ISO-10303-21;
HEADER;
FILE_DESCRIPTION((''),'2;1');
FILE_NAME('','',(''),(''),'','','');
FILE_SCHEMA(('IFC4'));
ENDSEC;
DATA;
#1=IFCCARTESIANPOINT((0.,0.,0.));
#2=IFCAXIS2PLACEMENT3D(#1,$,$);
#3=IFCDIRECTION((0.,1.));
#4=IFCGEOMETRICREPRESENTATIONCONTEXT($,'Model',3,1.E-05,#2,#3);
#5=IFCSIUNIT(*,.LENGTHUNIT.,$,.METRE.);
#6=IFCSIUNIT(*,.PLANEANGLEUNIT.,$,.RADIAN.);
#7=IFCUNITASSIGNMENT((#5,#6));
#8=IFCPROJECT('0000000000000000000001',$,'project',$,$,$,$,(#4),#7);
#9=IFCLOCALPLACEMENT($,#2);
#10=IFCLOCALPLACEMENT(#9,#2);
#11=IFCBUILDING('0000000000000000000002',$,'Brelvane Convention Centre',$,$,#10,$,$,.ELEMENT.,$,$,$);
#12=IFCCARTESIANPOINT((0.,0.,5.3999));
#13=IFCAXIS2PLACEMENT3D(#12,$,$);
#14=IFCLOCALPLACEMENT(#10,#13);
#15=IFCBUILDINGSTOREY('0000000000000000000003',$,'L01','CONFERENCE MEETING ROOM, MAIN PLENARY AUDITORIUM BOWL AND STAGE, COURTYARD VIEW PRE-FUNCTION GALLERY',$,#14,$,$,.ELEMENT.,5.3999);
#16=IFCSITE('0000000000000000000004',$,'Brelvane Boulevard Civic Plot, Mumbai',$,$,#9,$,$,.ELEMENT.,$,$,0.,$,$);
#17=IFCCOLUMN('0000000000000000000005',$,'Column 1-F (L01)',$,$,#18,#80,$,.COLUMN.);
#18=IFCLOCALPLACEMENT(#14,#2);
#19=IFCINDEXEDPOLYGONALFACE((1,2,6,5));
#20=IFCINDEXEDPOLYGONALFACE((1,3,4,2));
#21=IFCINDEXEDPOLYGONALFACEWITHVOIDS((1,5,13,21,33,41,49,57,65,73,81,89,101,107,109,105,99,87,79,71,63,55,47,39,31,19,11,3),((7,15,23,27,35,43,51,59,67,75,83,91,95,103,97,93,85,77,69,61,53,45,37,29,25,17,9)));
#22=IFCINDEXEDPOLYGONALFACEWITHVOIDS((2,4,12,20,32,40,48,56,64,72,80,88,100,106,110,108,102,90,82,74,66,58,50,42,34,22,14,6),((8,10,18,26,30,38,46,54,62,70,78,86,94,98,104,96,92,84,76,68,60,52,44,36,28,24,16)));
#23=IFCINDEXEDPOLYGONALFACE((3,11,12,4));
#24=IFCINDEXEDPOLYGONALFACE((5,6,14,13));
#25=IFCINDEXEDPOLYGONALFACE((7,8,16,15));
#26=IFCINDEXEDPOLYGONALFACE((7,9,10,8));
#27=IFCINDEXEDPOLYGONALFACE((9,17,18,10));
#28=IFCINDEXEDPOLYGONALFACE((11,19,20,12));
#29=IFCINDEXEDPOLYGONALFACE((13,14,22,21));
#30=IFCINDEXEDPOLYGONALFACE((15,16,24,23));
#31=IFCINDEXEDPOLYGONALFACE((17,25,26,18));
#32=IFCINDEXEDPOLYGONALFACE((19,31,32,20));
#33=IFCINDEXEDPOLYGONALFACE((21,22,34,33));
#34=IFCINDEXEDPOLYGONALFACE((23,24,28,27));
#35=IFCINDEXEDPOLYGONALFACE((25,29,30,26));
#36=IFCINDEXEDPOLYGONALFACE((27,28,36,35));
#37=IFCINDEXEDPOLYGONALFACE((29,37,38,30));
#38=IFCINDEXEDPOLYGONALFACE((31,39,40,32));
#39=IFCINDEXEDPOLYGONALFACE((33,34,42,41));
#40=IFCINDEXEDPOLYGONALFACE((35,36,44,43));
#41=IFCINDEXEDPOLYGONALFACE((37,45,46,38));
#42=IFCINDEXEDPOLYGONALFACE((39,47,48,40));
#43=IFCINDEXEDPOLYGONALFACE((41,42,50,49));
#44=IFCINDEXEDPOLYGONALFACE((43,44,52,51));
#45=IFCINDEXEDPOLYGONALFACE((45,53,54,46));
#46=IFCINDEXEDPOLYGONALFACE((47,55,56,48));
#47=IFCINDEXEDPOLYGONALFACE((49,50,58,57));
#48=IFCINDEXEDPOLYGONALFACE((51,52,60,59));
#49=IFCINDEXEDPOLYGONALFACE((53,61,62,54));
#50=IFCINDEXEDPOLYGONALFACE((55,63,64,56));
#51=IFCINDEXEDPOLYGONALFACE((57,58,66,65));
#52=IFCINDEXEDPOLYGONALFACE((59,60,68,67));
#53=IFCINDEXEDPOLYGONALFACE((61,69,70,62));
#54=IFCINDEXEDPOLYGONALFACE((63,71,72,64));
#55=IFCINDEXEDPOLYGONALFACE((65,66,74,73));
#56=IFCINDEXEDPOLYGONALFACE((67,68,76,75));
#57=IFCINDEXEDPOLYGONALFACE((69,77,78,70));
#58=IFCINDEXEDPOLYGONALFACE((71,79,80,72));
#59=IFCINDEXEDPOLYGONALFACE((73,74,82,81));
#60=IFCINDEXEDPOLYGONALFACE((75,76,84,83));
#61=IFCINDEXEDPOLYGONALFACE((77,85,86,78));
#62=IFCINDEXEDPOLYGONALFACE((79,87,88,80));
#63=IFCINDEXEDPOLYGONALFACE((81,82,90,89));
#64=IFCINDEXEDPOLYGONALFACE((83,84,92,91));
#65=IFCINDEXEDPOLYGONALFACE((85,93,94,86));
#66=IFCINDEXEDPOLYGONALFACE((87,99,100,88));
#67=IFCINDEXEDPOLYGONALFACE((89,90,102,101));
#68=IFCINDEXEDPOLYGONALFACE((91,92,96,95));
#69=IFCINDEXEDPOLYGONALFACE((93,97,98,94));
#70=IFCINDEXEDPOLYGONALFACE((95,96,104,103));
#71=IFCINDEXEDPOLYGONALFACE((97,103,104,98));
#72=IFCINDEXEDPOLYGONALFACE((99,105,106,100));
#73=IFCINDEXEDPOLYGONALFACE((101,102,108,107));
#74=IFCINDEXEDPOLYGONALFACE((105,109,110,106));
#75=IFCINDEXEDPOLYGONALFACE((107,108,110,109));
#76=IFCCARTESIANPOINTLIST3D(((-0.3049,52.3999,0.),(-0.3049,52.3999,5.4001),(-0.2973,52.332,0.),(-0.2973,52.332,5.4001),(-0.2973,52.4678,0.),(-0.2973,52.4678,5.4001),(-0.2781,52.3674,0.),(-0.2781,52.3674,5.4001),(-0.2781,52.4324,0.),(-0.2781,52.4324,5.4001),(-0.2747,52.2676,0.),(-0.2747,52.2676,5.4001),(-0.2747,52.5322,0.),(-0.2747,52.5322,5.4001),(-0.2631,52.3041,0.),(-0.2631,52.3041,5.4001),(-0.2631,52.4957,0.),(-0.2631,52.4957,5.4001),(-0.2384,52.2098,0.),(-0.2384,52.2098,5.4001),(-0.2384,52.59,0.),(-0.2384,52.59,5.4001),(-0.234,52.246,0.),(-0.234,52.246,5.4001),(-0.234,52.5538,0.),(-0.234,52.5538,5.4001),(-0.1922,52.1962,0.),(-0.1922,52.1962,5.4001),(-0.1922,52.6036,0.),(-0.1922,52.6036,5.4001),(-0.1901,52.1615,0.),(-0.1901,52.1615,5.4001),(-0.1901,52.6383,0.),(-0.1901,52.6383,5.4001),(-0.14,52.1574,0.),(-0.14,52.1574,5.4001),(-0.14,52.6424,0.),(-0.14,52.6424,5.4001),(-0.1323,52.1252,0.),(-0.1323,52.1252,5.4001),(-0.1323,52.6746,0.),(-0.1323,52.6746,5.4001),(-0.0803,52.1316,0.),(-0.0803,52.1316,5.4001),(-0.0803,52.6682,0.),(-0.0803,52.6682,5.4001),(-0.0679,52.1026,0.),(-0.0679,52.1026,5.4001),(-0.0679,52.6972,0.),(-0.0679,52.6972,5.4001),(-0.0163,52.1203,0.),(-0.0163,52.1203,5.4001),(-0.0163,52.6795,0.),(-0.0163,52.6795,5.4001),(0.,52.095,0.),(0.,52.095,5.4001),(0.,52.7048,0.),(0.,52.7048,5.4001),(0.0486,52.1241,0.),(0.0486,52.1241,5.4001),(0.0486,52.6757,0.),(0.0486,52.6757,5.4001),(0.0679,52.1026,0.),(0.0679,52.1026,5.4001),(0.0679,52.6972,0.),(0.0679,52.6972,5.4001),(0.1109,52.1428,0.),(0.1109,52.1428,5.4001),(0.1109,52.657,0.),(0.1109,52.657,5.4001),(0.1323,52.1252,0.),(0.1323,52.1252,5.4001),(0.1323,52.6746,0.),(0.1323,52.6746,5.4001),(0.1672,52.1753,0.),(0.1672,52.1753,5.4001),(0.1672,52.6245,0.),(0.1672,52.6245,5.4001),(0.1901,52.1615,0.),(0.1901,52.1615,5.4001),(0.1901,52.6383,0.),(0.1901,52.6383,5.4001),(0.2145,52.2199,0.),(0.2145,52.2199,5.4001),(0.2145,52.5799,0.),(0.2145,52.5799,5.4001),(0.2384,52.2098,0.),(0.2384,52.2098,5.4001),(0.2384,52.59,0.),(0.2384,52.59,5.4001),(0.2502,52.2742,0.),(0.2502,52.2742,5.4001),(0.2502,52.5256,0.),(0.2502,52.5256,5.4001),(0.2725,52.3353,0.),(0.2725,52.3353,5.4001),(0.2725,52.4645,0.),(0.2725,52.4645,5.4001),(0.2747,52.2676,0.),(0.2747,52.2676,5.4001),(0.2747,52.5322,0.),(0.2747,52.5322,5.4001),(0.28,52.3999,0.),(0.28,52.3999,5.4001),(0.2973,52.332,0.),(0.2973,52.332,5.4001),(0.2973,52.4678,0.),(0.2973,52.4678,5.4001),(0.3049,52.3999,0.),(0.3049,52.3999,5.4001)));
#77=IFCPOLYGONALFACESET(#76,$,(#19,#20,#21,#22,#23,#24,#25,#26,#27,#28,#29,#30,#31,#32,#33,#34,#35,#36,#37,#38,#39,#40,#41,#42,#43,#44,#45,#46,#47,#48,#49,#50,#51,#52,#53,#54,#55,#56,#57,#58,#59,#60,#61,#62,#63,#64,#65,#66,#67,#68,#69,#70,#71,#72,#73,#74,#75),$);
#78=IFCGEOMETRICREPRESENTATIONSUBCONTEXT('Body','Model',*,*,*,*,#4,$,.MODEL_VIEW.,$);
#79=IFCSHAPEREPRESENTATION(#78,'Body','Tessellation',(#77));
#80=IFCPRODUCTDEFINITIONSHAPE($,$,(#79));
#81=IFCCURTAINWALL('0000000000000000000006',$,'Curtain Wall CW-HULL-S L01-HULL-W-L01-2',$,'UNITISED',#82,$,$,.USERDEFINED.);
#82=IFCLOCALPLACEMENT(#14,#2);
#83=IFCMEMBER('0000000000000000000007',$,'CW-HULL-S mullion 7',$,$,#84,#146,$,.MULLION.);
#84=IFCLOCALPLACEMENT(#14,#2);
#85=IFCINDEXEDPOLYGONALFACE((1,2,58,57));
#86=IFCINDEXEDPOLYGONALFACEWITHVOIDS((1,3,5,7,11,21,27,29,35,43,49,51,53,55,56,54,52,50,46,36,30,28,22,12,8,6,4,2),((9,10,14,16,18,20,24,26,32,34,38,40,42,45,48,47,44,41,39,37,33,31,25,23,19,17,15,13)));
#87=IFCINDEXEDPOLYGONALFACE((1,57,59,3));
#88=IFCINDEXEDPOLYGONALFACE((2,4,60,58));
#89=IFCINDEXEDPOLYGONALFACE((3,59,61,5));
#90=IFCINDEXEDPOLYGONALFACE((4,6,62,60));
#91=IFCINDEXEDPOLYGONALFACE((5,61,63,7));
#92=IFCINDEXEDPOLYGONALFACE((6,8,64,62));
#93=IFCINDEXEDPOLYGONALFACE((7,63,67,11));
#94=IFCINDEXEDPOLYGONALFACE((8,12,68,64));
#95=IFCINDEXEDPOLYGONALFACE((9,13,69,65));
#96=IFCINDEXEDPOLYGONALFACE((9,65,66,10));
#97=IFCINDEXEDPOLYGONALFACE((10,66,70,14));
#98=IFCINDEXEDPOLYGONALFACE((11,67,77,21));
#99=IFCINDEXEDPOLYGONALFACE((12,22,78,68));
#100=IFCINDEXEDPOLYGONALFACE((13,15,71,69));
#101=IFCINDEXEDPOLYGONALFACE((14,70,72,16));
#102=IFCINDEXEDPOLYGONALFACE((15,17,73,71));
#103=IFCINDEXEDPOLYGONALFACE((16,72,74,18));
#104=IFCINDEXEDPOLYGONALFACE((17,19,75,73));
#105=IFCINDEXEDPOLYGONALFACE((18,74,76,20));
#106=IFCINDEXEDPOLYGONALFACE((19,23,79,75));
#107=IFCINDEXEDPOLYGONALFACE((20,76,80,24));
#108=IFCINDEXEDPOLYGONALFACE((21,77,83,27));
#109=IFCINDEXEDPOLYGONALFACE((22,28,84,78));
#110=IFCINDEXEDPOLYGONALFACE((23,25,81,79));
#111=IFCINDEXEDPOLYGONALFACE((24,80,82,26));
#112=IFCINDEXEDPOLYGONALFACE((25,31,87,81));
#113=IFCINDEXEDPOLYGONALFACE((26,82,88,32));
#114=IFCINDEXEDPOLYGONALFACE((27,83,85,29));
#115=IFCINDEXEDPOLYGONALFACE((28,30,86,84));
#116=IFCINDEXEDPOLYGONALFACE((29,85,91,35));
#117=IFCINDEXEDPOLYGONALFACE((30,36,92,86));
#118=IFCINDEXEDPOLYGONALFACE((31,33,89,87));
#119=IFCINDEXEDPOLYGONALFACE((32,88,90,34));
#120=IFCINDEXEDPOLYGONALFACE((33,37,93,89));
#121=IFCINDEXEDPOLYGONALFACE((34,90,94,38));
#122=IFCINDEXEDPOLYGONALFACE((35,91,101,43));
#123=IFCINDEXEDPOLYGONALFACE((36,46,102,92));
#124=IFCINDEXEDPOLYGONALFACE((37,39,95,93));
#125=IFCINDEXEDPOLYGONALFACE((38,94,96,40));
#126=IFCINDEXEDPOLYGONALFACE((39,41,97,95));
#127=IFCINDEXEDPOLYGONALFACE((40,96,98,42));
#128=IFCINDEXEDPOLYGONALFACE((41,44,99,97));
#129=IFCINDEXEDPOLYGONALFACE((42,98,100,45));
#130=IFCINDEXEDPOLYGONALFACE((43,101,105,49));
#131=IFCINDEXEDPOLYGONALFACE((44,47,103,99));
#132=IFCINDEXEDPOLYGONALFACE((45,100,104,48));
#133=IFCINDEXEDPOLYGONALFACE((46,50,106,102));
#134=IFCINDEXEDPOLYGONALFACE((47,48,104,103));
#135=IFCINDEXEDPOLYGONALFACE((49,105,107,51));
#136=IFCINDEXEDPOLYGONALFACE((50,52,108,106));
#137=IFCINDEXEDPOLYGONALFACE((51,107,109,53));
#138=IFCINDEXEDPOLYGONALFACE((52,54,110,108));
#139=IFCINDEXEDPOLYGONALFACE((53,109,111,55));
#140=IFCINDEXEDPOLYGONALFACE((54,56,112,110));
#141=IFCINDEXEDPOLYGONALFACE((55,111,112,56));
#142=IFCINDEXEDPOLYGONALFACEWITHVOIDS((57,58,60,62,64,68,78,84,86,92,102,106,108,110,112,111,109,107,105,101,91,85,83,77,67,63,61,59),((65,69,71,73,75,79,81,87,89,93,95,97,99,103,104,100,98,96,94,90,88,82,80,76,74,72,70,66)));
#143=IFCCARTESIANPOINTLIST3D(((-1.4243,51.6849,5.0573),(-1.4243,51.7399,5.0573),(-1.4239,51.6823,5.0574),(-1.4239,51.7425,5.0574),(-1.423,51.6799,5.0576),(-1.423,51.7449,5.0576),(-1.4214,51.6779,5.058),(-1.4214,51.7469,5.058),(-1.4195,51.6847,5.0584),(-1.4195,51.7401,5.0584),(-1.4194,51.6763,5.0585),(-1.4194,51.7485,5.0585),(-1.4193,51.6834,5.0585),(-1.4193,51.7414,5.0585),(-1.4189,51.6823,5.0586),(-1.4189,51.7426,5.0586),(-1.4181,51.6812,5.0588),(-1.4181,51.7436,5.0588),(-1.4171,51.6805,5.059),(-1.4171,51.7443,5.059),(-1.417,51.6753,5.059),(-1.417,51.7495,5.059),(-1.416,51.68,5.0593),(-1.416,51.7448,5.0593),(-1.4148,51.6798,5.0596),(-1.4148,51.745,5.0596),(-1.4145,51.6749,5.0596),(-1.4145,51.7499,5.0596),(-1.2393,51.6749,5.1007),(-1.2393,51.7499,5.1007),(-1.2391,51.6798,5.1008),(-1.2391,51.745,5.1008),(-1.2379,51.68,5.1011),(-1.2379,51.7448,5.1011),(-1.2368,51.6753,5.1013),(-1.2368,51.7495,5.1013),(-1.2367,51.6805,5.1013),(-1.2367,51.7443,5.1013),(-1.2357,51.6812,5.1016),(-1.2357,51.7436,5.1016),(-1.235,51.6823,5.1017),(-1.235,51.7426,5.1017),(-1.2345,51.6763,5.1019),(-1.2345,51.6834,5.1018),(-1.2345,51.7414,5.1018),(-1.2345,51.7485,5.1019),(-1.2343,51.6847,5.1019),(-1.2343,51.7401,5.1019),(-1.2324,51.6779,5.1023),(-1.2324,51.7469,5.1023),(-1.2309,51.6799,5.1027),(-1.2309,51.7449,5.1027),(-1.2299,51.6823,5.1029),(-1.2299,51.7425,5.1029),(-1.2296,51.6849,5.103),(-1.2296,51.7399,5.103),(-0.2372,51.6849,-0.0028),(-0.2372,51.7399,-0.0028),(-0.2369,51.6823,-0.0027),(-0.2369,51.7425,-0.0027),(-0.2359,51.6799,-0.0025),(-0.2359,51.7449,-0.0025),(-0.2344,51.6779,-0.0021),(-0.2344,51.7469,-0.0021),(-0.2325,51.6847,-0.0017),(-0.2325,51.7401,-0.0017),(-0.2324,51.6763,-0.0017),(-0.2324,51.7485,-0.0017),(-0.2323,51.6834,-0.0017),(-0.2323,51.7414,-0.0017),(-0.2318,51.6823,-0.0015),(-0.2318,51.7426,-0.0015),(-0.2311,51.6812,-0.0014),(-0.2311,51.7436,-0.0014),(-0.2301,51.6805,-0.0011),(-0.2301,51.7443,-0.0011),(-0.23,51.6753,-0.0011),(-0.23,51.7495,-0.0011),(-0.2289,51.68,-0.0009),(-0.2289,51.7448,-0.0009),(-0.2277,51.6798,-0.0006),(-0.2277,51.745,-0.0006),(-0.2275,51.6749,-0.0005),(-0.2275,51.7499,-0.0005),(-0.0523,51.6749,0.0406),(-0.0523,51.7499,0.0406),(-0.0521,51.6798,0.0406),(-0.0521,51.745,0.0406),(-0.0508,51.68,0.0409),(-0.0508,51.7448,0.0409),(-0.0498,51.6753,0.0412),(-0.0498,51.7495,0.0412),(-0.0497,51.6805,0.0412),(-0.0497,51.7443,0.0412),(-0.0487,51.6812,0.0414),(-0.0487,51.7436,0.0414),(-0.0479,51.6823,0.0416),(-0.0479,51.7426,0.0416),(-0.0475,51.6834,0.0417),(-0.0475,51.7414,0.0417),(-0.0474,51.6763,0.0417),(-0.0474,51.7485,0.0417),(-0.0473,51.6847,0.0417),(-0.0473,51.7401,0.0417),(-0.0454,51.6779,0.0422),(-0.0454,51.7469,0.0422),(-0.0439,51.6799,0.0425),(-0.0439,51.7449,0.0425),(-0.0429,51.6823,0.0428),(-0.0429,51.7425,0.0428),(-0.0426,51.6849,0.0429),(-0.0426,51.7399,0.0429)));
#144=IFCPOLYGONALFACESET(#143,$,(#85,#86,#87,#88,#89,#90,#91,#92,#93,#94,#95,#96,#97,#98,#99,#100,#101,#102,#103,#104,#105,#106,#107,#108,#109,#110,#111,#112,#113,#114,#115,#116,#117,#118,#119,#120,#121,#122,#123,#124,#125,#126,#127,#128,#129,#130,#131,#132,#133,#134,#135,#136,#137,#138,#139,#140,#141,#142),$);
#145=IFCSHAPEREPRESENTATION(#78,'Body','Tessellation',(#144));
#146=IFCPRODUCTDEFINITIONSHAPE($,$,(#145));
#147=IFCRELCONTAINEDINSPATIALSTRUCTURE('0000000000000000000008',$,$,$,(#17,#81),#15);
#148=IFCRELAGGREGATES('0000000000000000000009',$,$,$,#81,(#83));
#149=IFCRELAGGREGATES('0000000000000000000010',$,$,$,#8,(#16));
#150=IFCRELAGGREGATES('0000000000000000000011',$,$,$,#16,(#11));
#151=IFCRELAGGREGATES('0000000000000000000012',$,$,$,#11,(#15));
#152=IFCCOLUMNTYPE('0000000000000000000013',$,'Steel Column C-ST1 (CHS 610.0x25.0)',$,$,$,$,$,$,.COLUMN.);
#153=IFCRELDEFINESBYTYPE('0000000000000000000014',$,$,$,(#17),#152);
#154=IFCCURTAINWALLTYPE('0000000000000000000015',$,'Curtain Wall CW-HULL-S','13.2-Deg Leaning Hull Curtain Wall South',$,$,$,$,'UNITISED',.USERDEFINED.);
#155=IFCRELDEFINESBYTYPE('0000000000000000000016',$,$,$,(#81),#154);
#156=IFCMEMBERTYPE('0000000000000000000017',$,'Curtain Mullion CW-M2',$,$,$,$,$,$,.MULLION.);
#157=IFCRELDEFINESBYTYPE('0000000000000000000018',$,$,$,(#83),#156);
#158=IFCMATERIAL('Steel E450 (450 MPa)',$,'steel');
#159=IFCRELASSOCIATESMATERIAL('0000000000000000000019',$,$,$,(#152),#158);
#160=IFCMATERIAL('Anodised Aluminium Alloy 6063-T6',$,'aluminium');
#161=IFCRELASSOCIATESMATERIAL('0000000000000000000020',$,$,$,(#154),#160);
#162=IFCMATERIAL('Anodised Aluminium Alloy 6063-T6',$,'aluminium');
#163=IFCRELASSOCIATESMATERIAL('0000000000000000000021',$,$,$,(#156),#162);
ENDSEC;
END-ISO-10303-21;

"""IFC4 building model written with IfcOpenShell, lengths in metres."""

from ifc_helpers import new_model, si_unit, direction, frame, origin, origin_2d, place, context, subcontext, project, spatial, hollow_rectangle, hollow_circle, extrude, material, material_profile, profile_set, type_object, element, aggregate, save


model = new_model("IFC4")

# Units and contexts
model_context = context("Model", 3, precision=1e-05, world=origin(), true_north=direction((0.0, 1.0)))
body_context = subcontext(model_context, "Body", "Model", "MODEL_VIEW")
ifc_project = project(units=[si_unit("LENGTHUNIT", "METRE"), si_unit("PLANEANGLEUNIT", "RADIAN")], contexts=[model_context])

# Site, building, storey
site_placement = place(None, origin())
site = spatial("IfcSite", under=ifc_project, at=site_placement, Name="Brelvane Boulevard Civic Plot, Mumbai", CompositionType="ELEMENT", RefElevation=0.0)
building_placement = place(site_placement, origin())
building = spatial("IfcBuilding", under=site, at=building_placement, Name="Brelvane Convention Centre", CompositionType="ELEMENT")
storey_placement = place(building_placement, frame((0.0, 0.0, 5.3999)))
storey = spatial("IfcBuildingStorey", under=building, at=storey_placement, Name="L01", Description="CONFERENCE MEETING ROOM, MAIN PLENARY AUDITORIUM BOWL AND STAGE, COURTYARD VIEW PRE-FUNCTION GALLERY", CompositionType="ELEMENT", Elevation=5.3999)

# Column
ifc_material_1 = material(Name="Steel E450 (450 MPa)", Category="steel")
ifc_material_profile_1 = material_profile(ifc_material_1, hollow_circle(Radius=0.3049, WallThickness=0.0249, at=origin_2d()), Name="CHS 610.0x25.0")
ifc_profile_set_1 = profile_set([ifc_material_profile_1], Name="Steel E450 (450 MPa)")
column_type = type_object("IfcColumnType", Name="Steel Column C-ST1 (CHS 610.0x25.0)", PredefinedType="COLUMN", material=ifc_profile_set_1)
column_placement = place(storey_placement, frame((0.0, 52.3999, 0.0), z_axis=(0.0, 0.0, 1.0), x_axis=(1.0, 0.0, 0.0)))
element("IfcColumn", 1, at=column_placement, inside=storey, type_object=column_type, Name="Column 1-F (L01)", PredefinedType="COLUMN", context=body_context, shape_type="SweptSolid", body=[
    extrude(hollow_circle(Radius=0.3049, WallThickness=0.0249, at=origin_2d()), origin(), (0.0, 0.0, 1.0), 5.4001),
])

# Curtain wall, member
ifc_material_2 = material(Name="Anodised Aluminium Alloy 6063-T6", Category="aluminium")
curtain_wall_type = type_object("IfcCurtainWallType", Name="Curtain Wall CW-HULL-S", Description="13.2-Deg Leaning Hull Curtain Wall South", ElementType="UNITISED", PredefinedType="USERDEFINED", material=ifc_material_2)
curtain_wall_1_placement = place(storey_placement, origin())
curtain_wall_1 = element("IfcCurtainWall", 2, at=curtain_wall_1_placement, inside=storey, type_object=curtain_wall_type, Name="Curtain Wall CW-HULL-S L01-HULL-W-L01-2", ObjectType="UNITISED", PredefinedType="USERDEFINED")
ifc_material_3 = material(Name="Anodised Aluminium Alloy 6063-T6", Category="aluminium")
ifc_material_profile_2 = material_profile(ifc_material_3, hollow_rectangle(XDim=0.075, YDim=0.2, WallThickness=0.0049, InnerFilletRadius=0.0049, OuterFilletRadius=0.01, at=origin_2d()), Name="ALU-M 200x75x5.0")
ifc_profile_set_2 = profile_set([ifc_material_profile_2], Name="Anodised Aluminium Alloy 6063-T6")
member_type_1 = type_object("IfcMemberType", Name="Curtain Mullion CW-M2", PredefinedType="MULLION", material=ifc_profile_set_2)
member_1_placement = place(storey_placement, frame((-0.1399, 51.7124, 0.02), z_axis=(-0.228385, 0.0, 0.973571), x_axis=(0.0, -1.0, 0.0)))
member_1 = element("IfcMember", 3, at=member_1_placement, type_object=member_type_1, Name="CW-HULL-S mullion 7", PredefinedType="MULLION", context=body_context, shape_type="SweptSolid", body=[
    extrude(hollow_rectangle(XDim=0.075, YDim=0.2, WallThickness=0.0049, InnerFilletRadius=0.0049, OuterFilletRadius=0.01, at=origin_2d()), origin(), (0.0, 0.0, 1.0), 5.1975),
])
aggregate(curtain_wall_1, [member_1])

save(model, "model.ifc")
